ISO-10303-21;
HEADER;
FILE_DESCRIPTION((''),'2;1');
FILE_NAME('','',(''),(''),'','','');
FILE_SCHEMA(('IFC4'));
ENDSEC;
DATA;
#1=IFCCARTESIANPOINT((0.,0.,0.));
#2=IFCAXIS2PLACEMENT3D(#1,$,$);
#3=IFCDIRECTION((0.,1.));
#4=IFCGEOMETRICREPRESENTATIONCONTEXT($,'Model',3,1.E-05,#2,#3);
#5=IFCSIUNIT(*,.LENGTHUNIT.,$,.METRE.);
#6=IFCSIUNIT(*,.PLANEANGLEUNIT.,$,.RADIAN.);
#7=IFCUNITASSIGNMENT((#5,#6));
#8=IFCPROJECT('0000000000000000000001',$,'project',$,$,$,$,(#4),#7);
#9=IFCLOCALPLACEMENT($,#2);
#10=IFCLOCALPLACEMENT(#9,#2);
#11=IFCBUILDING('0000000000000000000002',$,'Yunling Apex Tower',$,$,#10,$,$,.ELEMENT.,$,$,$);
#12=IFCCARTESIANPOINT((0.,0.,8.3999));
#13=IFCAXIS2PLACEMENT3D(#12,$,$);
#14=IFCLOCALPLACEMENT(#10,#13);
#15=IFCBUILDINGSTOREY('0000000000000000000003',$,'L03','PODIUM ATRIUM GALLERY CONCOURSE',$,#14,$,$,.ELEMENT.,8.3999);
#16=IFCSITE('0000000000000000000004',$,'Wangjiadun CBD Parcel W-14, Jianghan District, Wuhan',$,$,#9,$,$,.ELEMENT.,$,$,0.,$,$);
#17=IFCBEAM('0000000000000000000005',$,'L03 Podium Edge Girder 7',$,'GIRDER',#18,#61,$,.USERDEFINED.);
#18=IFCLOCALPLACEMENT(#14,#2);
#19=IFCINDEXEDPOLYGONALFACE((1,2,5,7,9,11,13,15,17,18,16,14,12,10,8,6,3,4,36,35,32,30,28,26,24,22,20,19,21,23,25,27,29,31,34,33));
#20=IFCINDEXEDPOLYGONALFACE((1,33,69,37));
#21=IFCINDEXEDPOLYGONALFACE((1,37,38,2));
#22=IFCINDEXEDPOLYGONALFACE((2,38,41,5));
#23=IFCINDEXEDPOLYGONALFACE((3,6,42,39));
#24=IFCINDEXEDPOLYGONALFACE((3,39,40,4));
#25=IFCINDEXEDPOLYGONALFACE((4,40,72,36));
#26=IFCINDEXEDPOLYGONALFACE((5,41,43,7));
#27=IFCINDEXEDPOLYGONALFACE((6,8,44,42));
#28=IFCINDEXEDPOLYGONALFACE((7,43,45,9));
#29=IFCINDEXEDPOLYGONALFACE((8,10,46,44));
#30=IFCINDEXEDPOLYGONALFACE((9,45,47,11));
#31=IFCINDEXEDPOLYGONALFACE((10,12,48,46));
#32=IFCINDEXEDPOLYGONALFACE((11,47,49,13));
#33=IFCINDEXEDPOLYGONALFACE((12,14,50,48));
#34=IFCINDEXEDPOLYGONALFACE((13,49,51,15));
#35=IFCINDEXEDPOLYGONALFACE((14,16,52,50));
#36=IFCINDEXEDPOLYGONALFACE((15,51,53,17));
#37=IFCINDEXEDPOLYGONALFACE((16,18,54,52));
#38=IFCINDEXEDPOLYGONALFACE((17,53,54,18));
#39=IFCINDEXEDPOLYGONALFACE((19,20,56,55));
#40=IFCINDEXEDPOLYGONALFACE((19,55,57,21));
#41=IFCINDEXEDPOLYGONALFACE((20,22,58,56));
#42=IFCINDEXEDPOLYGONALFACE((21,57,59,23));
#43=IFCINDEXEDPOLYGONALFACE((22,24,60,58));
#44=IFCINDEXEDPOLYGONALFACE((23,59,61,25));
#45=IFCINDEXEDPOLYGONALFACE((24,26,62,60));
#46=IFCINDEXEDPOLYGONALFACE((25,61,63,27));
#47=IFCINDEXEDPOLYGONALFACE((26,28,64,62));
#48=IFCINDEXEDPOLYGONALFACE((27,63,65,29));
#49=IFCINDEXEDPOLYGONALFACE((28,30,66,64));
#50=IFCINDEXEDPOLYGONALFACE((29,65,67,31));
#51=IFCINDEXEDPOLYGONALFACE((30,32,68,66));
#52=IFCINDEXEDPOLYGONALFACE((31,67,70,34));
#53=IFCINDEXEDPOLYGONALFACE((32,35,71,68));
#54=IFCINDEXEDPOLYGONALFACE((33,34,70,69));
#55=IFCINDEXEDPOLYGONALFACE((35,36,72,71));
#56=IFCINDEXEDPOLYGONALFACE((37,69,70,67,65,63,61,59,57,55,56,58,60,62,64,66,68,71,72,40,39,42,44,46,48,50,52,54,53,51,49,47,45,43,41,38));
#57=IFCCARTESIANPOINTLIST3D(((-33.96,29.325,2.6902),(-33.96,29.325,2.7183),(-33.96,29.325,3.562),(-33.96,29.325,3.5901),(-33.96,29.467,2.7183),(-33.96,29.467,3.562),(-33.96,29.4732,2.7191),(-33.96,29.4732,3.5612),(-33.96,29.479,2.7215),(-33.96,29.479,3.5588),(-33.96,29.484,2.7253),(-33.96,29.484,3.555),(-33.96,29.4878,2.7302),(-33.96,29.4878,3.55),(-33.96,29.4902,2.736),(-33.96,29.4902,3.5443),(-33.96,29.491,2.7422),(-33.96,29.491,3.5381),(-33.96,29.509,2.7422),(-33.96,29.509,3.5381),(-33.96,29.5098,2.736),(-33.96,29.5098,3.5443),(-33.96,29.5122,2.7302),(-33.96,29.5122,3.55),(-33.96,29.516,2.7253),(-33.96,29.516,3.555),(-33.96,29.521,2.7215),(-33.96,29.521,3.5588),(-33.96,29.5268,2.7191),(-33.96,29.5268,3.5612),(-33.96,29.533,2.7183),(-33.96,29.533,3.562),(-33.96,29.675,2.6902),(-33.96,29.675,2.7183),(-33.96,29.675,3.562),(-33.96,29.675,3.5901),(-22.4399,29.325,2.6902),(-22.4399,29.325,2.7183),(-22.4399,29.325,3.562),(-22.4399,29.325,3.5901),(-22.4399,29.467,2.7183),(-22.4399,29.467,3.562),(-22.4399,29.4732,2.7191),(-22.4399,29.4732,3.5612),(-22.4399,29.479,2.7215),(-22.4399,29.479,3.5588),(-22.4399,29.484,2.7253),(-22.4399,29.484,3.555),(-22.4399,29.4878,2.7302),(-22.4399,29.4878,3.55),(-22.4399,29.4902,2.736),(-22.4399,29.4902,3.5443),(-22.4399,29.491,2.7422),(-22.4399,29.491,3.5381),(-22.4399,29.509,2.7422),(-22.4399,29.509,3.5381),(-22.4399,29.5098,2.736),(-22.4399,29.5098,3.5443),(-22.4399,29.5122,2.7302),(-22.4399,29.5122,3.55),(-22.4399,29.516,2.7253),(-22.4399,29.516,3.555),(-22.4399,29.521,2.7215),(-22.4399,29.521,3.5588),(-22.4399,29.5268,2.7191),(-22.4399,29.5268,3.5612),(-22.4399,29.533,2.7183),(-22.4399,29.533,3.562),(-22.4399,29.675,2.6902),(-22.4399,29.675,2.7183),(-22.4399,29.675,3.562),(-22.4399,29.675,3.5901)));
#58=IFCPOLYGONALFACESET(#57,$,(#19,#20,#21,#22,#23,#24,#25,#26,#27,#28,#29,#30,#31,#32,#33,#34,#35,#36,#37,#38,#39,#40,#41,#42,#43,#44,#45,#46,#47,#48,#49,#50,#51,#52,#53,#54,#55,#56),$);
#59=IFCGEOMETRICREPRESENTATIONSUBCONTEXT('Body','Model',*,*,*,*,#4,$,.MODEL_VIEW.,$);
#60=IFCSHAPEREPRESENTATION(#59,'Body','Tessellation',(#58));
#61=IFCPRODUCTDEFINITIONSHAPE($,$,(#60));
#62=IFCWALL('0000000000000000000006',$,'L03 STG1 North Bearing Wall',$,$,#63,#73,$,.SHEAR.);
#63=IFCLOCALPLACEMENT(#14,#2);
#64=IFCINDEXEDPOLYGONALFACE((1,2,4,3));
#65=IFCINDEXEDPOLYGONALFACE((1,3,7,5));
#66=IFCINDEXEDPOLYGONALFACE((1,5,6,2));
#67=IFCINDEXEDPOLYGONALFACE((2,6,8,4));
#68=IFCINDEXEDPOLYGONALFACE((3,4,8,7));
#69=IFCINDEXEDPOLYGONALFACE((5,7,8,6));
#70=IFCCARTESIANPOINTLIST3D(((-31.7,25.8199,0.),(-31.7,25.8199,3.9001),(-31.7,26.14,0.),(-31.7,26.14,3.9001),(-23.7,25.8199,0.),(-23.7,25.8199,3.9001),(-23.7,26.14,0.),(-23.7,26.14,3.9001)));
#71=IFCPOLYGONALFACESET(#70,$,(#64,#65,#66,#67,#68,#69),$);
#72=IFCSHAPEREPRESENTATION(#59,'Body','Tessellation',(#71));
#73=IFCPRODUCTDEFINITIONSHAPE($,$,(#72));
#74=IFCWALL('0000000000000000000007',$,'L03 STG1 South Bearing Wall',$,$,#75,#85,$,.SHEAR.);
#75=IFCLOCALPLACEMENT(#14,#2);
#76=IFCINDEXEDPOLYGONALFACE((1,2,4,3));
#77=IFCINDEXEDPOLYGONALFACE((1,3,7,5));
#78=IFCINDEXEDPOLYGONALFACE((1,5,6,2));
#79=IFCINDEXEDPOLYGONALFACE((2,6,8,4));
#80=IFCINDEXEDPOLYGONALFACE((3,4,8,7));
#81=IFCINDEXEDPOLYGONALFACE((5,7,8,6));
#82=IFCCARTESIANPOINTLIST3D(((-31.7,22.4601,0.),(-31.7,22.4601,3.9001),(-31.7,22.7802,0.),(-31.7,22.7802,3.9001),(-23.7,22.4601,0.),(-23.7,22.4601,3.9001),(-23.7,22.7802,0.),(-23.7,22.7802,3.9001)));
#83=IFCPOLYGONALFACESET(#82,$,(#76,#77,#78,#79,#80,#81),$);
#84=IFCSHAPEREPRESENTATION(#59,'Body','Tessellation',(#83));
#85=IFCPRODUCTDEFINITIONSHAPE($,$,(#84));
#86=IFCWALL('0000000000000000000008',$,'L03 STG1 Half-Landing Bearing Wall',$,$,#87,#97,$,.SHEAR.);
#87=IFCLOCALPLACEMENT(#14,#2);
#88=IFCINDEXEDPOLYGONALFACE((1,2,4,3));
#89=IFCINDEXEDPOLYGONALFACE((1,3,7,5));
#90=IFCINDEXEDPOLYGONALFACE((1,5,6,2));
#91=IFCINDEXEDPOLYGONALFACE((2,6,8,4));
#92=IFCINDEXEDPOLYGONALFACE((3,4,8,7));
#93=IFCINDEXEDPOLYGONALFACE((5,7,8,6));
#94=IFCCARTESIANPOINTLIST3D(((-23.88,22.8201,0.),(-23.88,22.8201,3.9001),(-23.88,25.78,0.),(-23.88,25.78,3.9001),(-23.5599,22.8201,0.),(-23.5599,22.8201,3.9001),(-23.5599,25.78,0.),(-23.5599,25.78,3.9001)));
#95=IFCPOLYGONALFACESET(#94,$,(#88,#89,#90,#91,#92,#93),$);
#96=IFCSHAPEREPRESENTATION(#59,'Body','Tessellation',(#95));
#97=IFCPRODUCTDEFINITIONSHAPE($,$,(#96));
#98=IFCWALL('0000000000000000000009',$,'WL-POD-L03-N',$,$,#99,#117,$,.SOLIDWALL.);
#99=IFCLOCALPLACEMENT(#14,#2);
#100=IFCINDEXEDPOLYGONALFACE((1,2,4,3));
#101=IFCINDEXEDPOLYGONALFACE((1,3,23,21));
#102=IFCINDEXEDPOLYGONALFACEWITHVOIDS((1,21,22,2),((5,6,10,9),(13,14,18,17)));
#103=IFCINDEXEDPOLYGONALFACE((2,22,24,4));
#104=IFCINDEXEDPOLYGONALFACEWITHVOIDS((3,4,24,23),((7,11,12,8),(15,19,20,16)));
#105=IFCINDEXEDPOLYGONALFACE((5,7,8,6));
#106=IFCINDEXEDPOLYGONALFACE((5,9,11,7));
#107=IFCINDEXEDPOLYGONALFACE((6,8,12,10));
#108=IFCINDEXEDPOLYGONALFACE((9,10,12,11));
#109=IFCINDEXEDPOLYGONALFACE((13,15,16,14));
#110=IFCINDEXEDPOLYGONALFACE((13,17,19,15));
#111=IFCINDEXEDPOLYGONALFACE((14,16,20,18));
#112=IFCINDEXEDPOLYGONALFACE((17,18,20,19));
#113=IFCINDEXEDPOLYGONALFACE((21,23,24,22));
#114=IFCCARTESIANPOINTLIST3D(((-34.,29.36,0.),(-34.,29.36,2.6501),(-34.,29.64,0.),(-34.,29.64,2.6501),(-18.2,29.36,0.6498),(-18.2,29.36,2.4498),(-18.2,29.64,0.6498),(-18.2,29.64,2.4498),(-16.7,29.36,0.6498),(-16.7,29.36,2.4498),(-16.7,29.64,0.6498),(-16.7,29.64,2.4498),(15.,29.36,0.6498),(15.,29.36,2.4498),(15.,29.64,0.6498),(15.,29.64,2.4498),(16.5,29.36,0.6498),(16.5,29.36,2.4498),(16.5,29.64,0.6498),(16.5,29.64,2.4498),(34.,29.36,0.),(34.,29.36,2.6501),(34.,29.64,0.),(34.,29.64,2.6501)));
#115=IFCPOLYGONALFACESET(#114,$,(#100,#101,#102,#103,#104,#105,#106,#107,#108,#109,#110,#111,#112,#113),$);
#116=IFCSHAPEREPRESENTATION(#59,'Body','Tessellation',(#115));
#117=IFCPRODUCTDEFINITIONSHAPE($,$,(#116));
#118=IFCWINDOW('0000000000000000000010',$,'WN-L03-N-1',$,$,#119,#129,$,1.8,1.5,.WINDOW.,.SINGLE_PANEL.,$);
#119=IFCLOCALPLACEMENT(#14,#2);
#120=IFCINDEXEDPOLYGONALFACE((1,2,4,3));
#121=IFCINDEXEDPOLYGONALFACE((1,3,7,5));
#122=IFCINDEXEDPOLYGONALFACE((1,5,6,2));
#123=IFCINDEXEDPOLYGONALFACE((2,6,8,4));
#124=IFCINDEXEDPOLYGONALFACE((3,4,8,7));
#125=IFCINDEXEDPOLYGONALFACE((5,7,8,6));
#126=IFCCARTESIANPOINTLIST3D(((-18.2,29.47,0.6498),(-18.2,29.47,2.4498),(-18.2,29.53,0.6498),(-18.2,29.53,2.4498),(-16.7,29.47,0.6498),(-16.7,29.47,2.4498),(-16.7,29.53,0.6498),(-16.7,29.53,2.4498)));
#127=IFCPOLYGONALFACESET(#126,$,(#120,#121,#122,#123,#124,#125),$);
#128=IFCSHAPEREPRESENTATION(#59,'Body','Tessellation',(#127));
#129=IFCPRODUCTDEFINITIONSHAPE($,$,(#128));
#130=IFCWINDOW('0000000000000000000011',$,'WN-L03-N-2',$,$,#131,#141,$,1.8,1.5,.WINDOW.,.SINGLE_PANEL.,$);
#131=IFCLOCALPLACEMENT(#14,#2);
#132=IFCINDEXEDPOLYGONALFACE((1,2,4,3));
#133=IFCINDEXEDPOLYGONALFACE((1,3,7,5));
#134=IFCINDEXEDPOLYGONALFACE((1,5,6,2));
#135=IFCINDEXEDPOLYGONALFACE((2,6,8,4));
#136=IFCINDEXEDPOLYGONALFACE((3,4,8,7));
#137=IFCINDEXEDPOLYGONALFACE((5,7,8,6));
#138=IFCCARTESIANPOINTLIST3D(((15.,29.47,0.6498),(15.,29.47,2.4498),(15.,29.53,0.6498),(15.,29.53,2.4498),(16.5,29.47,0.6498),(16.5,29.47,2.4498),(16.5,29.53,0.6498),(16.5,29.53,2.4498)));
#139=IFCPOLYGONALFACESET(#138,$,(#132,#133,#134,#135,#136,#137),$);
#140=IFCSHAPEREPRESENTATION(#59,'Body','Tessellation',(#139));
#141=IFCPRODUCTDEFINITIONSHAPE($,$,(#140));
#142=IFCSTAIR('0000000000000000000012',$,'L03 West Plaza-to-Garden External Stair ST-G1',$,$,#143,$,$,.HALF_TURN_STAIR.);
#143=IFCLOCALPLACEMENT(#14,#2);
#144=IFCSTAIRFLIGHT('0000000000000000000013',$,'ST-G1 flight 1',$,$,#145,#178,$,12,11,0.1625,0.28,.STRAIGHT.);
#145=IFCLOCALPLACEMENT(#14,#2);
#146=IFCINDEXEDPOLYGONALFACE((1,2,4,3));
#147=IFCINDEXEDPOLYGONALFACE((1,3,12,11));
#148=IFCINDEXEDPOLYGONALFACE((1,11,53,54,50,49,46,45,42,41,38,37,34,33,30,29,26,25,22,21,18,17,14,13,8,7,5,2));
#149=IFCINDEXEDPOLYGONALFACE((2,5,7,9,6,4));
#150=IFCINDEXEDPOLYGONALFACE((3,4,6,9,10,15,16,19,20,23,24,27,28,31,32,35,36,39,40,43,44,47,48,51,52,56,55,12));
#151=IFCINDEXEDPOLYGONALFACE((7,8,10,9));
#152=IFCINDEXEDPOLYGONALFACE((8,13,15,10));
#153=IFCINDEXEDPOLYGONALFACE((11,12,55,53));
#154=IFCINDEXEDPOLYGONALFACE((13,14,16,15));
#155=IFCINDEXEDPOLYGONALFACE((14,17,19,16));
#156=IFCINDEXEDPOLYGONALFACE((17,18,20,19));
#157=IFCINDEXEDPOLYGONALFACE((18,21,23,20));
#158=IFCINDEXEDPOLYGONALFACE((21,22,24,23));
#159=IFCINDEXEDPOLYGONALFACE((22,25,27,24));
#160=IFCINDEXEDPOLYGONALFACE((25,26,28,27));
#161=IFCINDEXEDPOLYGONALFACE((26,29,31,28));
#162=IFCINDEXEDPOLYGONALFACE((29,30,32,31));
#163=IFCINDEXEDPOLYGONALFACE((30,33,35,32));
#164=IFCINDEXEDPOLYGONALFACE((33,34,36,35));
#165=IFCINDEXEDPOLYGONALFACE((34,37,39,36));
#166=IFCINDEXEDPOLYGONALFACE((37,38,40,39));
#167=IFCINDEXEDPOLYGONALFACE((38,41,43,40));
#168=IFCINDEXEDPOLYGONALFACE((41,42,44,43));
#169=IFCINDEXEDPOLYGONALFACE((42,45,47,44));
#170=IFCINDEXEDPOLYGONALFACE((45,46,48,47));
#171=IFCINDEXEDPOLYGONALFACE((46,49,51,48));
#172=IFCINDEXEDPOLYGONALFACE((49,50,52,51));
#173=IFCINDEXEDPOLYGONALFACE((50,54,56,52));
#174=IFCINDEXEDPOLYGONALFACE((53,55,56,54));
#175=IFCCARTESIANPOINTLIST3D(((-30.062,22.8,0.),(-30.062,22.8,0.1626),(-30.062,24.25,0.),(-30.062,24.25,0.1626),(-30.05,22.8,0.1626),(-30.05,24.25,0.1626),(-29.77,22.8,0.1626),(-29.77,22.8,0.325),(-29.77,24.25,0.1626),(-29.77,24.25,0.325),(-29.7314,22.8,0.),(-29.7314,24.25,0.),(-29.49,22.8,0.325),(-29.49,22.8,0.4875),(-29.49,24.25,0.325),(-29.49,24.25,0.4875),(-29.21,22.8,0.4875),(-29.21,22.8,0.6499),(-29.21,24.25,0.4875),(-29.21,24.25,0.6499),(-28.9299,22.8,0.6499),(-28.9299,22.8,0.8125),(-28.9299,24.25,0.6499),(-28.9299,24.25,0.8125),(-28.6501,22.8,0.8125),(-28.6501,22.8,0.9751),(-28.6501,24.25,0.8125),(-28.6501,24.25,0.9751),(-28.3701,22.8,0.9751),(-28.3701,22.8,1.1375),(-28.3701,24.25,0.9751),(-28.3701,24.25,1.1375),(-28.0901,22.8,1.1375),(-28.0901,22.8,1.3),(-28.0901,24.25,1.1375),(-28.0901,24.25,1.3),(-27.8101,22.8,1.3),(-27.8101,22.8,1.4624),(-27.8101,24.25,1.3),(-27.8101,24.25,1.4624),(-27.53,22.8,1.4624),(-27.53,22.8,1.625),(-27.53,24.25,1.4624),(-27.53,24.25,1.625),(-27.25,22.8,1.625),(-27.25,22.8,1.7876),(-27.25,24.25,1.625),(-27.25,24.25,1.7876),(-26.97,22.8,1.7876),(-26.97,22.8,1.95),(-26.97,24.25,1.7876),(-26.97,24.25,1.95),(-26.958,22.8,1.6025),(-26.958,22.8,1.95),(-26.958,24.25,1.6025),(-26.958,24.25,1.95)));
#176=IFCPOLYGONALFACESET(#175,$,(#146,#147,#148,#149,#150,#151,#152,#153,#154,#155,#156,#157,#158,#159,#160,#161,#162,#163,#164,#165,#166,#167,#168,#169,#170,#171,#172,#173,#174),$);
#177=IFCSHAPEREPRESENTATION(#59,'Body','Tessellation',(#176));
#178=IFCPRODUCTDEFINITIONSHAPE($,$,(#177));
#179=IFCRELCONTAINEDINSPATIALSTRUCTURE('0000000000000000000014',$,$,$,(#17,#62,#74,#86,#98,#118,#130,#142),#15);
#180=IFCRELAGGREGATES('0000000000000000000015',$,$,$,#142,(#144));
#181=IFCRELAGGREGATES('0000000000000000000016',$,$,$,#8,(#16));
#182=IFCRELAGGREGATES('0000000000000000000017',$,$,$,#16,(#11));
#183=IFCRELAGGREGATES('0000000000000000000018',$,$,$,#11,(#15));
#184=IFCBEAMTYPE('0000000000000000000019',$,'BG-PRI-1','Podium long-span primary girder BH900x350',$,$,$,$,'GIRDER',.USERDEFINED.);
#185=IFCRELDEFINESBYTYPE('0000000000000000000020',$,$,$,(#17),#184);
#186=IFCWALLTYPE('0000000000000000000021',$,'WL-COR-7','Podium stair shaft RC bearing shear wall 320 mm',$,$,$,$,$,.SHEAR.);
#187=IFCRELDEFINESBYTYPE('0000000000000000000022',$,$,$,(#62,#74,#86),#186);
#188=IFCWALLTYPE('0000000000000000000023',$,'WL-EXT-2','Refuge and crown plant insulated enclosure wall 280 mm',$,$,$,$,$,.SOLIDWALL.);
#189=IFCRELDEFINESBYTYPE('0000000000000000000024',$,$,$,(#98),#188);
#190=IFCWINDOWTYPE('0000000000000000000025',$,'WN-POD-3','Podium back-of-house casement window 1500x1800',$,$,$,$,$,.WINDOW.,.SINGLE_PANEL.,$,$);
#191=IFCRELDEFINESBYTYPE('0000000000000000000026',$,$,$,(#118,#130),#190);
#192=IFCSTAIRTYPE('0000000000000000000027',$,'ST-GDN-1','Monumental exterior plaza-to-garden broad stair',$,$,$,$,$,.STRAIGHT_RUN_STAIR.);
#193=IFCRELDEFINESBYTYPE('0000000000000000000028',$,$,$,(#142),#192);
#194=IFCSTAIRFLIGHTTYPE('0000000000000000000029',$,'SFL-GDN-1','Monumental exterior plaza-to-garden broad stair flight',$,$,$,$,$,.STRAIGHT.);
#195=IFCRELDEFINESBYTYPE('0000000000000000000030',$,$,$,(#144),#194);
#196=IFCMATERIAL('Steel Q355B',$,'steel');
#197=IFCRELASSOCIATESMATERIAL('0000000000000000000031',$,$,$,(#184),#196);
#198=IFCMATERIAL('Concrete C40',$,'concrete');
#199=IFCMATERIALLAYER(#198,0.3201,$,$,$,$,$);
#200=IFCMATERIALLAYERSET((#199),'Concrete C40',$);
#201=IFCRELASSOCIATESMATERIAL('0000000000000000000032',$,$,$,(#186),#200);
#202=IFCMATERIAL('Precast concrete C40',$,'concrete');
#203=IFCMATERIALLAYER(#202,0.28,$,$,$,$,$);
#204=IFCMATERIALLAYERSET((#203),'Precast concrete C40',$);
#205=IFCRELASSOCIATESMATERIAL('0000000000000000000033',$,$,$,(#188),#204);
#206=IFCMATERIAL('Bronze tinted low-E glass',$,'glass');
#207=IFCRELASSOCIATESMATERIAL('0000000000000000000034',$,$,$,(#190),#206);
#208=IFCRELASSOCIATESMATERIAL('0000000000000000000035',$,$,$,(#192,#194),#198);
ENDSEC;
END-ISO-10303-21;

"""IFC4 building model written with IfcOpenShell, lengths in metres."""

from ifc_helpers import new_model, si_unit, direction, frame, frame_2d, origin, origin_2d, place, context, subcontext, project, spatial, polyline, rectangle, i_section, outline, extrude, source, transform, mapped, material, layer, layer_set, material_profile, profile_set, type_object, element, fill, aggregate, save


model = new_model("IFC4")

# Units and contexts
model_context = context("Model", 3, precision=1e-05, world=origin(), true_north=direction((0.0, 1.0)))
body_context = subcontext(model_context, "Body", "Model", "MODEL_VIEW")
ifc_project = project(units=[si_unit("LENGTHUNIT", "METRE"), si_unit("PLANEANGLEUNIT", "RADIAN")], contexts=[model_context])

# Site, building, storey
site_placement = place(None, origin())
site = spatial("IfcSite", under=ifc_project, at=site_placement, Name="Wangjiadun CBD Parcel W-14, Jianghan District, Wuhan", CompositionType="ELEMENT", RefElevation=0.0)
building_placement = place(site_placement, origin())
building = spatial("IfcBuilding", under=site, at=building_placement, Name="Yunling Apex Tower", CompositionType="ELEMENT")
storey_placement = place(building_placement, frame((0.0, 0.0, 8.3999)))
storey = spatial("IfcBuildingStorey", under=building, at=storey_placement, Name="L03", Description="PODIUM ATRIUM GALLERY CONCOURSE", CompositionType="ELEMENT", Elevation=8.3999)

# Beam
ifc_material_1 = material(Name="Steel Q355B", Category="steel")
ifc_material_profile_1 = material_profile(ifc_material_1, i_section(OverallWidth=0.3501, OverallDepth=0.8999, WebThickness=0.0181, FlangeThickness=0.0281, FilletRadius=0.0239, at=origin_2d()))
ifc_profile_set_1 = profile_set([ifc_material_profile_1], Name="Steel Q355B")
beam_type_1 = type_object("IfcBeamType", Name="BG-PRI-1", Description="Podium long-span primary girder BH900x350", ElementType="GIRDER", PredefinedType="USERDEFINED", material=ifc_profile_set_1)
shared_shape_1 = source(origin(), body_context, "Body", "SweptSolid", [
    extrude(i_section(OverallWidth=0.3501, OverallDepth=0.8999, WebThickness=0.0181, FlangeThickness=0.0281, FilletRadius=0.0239, at=origin_2d()), origin(), (0.0, 0.0, 1.0), 11.52),
])
beam_1_placement = place(storey_placement, frame((-33.96, 29.5, 3.1401), z_axis=(1.0, 0.0, 0.0), x_axis=(0.0, 1.0, 0.0)))
element("IfcBeam", 1, at=beam_1_placement, inside=storey, type_object=beam_type_1, Name="L03 Podium Edge Girder 7", ObjectType="GIRDER", PredefinedType="USERDEFINED", context=body_context, shape_type="MappedRepresentation", body=[
    mapped(shared_shape_1, transform((0.0, 0.0, 0.0), scale=1.0)),
])

# Walls
ifc_material_2 = material(Name="Concrete C40", Category="concrete")
ifc_layer_1 = layer(ifc_material_2, 0.3201)
ifc_layer_set_1 = layer_set([ifc_layer_1], Name="Concrete C40")
wall_type_1 = type_object("IfcWallType", Name="WL-COR-7", Description="Podium stair shaft RC bearing shear wall 320 mm", PredefinedType="SHEAR", material=ifc_layer_set_1)
for number, where, z_axis, x_axis, name in (
    (2, (-31.7, 25.98, 0.0), (0.0, 0.0, 1.0), (1.0, 0.0, 0.0), "L03 STG1 North Bearing Wall"),
    (3, (-31.7, 22.6201, 0.0), (0.0, 0.0, 1.0), (1.0, 0.0, 0.0), "L03 STG1 South Bearing Wall"),
):
    element("IfcWall", number, at=place(storey_placement, frame(where, z_axis=z_axis, x_axis=x_axis)), inside=storey, type_object=wall_type_1, Name=name, PredefinedType="SHEAR", context=body_context, shape_type="SweptSolid", body=[
        extrude(rectangle(XDim=8.0, YDim=0.3201, at=frame_2d((4.0, 0.0))), origin(), (0.0, 0.0, 1.0), 3.9001),
    ])
wall_1_placement = place(storey_placement, frame((-23.72, 22.8201, 0.0), z_axis=(0.0, 0.0, 1.0), x_axis=(0.0, 1.0, 0.0)))
element("IfcWall", 4, at=wall_1_placement, inside=storey, type_object=wall_type_1, Name="L03 STG1 Half-Landing Bearing Wall", PredefinedType="SHEAR", context=body_context, shape_type="SweptSolid", body=[
    extrude(rectangle(XDim=2.96, YDim=0.3201, at=frame_2d((1.48, 0.0))), origin(), (0.0, 0.0, 1.0), 3.9001),
])

# Wall, openings, windows
ifc_material_3 = material(Name="Precast concrete C40", Category="concrete")
ifc_layer_2 = layer(ifc_material_3, 0.28)
ifc_layer_set_2 = layer_set([ifc_layer_2], Name="Precast concrete C40")
wall_type_2 = type_object("IfcWallType", Name="WL-EXT-2", Description="Refuge and crown plant insulated enclosure wall 280 mm", PredefinedType="SOLIDWALL", material=ifc_layer_set_2)
wall_2_placement = place(storey_placement, frame((-34.0, 29.5, 0.0), z_axis=(0.0, 0.0, 1.0), x_axis=(1.0, 0.0, 0.0)))
wall_2 = element("IfcWall", 5, at=wall_2_placement, inside=storey, type_object=wall_type_2, Name="WL-POD-L03-N", PredefinedType="SOLIDWALL", context=body_context, shape_type="SweptSolid", body=[
    extrude(rectangle(XDim=68.0, YDim=0.28, at=frame_2d((34.0, 0.0))), origin(), (0.0, 0.0, 1.0), 2.6501),
])
opening_1_placement = place(wall_2_placement, frame((15.8, 0.0, 0.6499)))
opening_1 = element("IfcOpeningElement", 6, at=opening_1_placement, cuts=wall_2, PredefinedType="OPENING", context=body_context, shape_type="SweptSolid", body=[
    extrude(rectangle(XDim=1.5, YDim=1.8, at=frame_2d((0.75, 0.8999))), frame((0.0, 0.1499, 0.0), z_axis=(0.0, -1.0, 0.0), x_axis=(1.0, 0.0, 0.0)), (0.0, 0.0, 1.0), 0.3),
])
opening_2_placement = place(wall_2_placement, frame((49.0, 0.0, 0.6499)))
opening_2 = element("IfcOpeningElement", 7, at=opening_2_placement, cuts=wall_2, PredefinedType="OPENING", context=body_context, shape_type="SweptSolid", body=[
    extrude(rectangle(XDim=1.5, YDim=1.8, at=frame_2d((0.75, 0.8999))), frame((0.0, 0.1499, 0.0), z_axis=(0.0, -1.0, 0.0), x_axis=(1.0, 0.0, 0.0)), (0.0, 0.0, 1.0), 0.3),
])
ifc_material_4 = material(Name="Bronze tinted low-E glass", Category="glass")
window_type = type_object("IfcWindowType", Name="WN-POD-3", Description="Podium back-of-house casement window 1500x1800", PartitioningType="SINGLE_PANEL", PredefinedType="WINDOW", material=ifc_material_4)
window_1_placement = place(opening_1_placement, origin())
window_1 = element("IfcWindow", 8, at=window_1_placement, inside=storey, type_object=window_type, Name="WN-L03-N-1", OverallHeight=1.8, OverallWidth=1.5, PartitioningType="SINGLE_PANEL", PredefinedType="WINDOW", context=body_context, shape_type="SweptSolid", body=[
    extrude(rectangle(XDim=1.5, YDim=1.8, at=frame_2d((0.75, 0.8999))), frame((0.0, 0.03, 0.0), z_axis=(0.0, -1.0, 0.0), x_axis=(1.0, 0.0, 0.0)), (0.0, 0.0, 1.0), 0.0601),
])
fill(opening_1, window_1)
window_2_placement = place(opening_2_placement, origin())
window_2 = element("IfcWindow", 9, at=window_2_placement, inside=storey, type_object=window_type, Name="WN-L03-N-2", OverallHeight=1.8, OverallWidth=1.5, PartitioningType="SINGLE_PANEL", PredefinedType="WINDOW", context=body_context, shape_type="SweptSolid", body=[
    extrude(rectangle(XDim=1.5, YDim=1.8, at=frame_2d((0.75, 0.8999))), frame((0.0, 0.03, 0.0), z_axis=(0.0, -1.0, 0.0), x_axis=(1.0, 0.0, 0.0)), (0.0, 0.0, 1.0), 0.0601),
])
fill(opening_2, window_2)

# Stair, stair flight
stair_type = type_object("IfcStairType", Name="ST-GDN-1", Description="Monumental exterior plaza-to-garden broad stair", PredefinedType="STRAIGHT_RUN_STAIR", material=ifc_material_2)
stair_placement = place(storey_placement, origin())
stair = element("IfcStair", 10, at=stair_placement, inside=storey, type_object=stair_type, Name="L03 West Plaza-to-Garden External Stair ST-G1", PredefinedType="HALF_TURN_STAIR")
stair_flight_type = type_object("IfcStairFlightType", Name="SFL-GDN-1", Description="Monumental exterior plaza-to-garden broad stair flight", PredefinedType="STRAIGHT", material=ifc_material_2)
stair_flight_1_placement = place(storey_placement, frame((-30.05, 23.5249, 0.0), z_axis=(0.0, 0.0, 1.0), x_axis=(1.0, 0.0, 0.0)))
stair_flight_1 = element("IfcStairFlight", 11, at=stair_flight_1_placement, type_object=stair_flight_type, Name="ST-G1 flight 1", NumberOfRisers=12, NumberOfTreads=11, PredefinedType="STRAIGHT", RiserHeight=0.1625, TreadLength=0.28, context=body_context, shape_type="SweptSolid", body=[
    extrude(outline(polyline([(-0.012, 0.0), (-0.012, 0.1626), (0.0, 0.1626), (0.28, 0.1626), (0.28, 0.325), (0.5601, 0.325), (0.5601, 0.4875), (0.8401, 0.4875), (0.8401, 0.6499), (1.1201, 0.6499), (1.1201, 0.8125), (1.3999, 0.8125), (1.3999, 0.9751), (1.6799, 0.9751), (1.6799, 1.1375), (1.96, 1.1375), (1.96, 1.3), (2.24, 1.3), (2.24, 1.4624), (2.52, 1.4624), (2.52, 1.625), (2.8, 1.625), (2.8, 1.7876), (3.0801, 1.7876), (3.0801, 1.95), (3.092, 1.95), (3.092, 1.6025), (0.3186, 0.0), (-0.012, 0.0)])), frame((0.0, 0.7251, 0.0), z_axis=(0.0, -1.0, 0.0), x_axis=(1.0, 0.0, 0.0)), (0.0, 0.0, 1.0), 1.45),
])
aggregate(stair, [stair_flight_1])

save(model, "model.ifc")
